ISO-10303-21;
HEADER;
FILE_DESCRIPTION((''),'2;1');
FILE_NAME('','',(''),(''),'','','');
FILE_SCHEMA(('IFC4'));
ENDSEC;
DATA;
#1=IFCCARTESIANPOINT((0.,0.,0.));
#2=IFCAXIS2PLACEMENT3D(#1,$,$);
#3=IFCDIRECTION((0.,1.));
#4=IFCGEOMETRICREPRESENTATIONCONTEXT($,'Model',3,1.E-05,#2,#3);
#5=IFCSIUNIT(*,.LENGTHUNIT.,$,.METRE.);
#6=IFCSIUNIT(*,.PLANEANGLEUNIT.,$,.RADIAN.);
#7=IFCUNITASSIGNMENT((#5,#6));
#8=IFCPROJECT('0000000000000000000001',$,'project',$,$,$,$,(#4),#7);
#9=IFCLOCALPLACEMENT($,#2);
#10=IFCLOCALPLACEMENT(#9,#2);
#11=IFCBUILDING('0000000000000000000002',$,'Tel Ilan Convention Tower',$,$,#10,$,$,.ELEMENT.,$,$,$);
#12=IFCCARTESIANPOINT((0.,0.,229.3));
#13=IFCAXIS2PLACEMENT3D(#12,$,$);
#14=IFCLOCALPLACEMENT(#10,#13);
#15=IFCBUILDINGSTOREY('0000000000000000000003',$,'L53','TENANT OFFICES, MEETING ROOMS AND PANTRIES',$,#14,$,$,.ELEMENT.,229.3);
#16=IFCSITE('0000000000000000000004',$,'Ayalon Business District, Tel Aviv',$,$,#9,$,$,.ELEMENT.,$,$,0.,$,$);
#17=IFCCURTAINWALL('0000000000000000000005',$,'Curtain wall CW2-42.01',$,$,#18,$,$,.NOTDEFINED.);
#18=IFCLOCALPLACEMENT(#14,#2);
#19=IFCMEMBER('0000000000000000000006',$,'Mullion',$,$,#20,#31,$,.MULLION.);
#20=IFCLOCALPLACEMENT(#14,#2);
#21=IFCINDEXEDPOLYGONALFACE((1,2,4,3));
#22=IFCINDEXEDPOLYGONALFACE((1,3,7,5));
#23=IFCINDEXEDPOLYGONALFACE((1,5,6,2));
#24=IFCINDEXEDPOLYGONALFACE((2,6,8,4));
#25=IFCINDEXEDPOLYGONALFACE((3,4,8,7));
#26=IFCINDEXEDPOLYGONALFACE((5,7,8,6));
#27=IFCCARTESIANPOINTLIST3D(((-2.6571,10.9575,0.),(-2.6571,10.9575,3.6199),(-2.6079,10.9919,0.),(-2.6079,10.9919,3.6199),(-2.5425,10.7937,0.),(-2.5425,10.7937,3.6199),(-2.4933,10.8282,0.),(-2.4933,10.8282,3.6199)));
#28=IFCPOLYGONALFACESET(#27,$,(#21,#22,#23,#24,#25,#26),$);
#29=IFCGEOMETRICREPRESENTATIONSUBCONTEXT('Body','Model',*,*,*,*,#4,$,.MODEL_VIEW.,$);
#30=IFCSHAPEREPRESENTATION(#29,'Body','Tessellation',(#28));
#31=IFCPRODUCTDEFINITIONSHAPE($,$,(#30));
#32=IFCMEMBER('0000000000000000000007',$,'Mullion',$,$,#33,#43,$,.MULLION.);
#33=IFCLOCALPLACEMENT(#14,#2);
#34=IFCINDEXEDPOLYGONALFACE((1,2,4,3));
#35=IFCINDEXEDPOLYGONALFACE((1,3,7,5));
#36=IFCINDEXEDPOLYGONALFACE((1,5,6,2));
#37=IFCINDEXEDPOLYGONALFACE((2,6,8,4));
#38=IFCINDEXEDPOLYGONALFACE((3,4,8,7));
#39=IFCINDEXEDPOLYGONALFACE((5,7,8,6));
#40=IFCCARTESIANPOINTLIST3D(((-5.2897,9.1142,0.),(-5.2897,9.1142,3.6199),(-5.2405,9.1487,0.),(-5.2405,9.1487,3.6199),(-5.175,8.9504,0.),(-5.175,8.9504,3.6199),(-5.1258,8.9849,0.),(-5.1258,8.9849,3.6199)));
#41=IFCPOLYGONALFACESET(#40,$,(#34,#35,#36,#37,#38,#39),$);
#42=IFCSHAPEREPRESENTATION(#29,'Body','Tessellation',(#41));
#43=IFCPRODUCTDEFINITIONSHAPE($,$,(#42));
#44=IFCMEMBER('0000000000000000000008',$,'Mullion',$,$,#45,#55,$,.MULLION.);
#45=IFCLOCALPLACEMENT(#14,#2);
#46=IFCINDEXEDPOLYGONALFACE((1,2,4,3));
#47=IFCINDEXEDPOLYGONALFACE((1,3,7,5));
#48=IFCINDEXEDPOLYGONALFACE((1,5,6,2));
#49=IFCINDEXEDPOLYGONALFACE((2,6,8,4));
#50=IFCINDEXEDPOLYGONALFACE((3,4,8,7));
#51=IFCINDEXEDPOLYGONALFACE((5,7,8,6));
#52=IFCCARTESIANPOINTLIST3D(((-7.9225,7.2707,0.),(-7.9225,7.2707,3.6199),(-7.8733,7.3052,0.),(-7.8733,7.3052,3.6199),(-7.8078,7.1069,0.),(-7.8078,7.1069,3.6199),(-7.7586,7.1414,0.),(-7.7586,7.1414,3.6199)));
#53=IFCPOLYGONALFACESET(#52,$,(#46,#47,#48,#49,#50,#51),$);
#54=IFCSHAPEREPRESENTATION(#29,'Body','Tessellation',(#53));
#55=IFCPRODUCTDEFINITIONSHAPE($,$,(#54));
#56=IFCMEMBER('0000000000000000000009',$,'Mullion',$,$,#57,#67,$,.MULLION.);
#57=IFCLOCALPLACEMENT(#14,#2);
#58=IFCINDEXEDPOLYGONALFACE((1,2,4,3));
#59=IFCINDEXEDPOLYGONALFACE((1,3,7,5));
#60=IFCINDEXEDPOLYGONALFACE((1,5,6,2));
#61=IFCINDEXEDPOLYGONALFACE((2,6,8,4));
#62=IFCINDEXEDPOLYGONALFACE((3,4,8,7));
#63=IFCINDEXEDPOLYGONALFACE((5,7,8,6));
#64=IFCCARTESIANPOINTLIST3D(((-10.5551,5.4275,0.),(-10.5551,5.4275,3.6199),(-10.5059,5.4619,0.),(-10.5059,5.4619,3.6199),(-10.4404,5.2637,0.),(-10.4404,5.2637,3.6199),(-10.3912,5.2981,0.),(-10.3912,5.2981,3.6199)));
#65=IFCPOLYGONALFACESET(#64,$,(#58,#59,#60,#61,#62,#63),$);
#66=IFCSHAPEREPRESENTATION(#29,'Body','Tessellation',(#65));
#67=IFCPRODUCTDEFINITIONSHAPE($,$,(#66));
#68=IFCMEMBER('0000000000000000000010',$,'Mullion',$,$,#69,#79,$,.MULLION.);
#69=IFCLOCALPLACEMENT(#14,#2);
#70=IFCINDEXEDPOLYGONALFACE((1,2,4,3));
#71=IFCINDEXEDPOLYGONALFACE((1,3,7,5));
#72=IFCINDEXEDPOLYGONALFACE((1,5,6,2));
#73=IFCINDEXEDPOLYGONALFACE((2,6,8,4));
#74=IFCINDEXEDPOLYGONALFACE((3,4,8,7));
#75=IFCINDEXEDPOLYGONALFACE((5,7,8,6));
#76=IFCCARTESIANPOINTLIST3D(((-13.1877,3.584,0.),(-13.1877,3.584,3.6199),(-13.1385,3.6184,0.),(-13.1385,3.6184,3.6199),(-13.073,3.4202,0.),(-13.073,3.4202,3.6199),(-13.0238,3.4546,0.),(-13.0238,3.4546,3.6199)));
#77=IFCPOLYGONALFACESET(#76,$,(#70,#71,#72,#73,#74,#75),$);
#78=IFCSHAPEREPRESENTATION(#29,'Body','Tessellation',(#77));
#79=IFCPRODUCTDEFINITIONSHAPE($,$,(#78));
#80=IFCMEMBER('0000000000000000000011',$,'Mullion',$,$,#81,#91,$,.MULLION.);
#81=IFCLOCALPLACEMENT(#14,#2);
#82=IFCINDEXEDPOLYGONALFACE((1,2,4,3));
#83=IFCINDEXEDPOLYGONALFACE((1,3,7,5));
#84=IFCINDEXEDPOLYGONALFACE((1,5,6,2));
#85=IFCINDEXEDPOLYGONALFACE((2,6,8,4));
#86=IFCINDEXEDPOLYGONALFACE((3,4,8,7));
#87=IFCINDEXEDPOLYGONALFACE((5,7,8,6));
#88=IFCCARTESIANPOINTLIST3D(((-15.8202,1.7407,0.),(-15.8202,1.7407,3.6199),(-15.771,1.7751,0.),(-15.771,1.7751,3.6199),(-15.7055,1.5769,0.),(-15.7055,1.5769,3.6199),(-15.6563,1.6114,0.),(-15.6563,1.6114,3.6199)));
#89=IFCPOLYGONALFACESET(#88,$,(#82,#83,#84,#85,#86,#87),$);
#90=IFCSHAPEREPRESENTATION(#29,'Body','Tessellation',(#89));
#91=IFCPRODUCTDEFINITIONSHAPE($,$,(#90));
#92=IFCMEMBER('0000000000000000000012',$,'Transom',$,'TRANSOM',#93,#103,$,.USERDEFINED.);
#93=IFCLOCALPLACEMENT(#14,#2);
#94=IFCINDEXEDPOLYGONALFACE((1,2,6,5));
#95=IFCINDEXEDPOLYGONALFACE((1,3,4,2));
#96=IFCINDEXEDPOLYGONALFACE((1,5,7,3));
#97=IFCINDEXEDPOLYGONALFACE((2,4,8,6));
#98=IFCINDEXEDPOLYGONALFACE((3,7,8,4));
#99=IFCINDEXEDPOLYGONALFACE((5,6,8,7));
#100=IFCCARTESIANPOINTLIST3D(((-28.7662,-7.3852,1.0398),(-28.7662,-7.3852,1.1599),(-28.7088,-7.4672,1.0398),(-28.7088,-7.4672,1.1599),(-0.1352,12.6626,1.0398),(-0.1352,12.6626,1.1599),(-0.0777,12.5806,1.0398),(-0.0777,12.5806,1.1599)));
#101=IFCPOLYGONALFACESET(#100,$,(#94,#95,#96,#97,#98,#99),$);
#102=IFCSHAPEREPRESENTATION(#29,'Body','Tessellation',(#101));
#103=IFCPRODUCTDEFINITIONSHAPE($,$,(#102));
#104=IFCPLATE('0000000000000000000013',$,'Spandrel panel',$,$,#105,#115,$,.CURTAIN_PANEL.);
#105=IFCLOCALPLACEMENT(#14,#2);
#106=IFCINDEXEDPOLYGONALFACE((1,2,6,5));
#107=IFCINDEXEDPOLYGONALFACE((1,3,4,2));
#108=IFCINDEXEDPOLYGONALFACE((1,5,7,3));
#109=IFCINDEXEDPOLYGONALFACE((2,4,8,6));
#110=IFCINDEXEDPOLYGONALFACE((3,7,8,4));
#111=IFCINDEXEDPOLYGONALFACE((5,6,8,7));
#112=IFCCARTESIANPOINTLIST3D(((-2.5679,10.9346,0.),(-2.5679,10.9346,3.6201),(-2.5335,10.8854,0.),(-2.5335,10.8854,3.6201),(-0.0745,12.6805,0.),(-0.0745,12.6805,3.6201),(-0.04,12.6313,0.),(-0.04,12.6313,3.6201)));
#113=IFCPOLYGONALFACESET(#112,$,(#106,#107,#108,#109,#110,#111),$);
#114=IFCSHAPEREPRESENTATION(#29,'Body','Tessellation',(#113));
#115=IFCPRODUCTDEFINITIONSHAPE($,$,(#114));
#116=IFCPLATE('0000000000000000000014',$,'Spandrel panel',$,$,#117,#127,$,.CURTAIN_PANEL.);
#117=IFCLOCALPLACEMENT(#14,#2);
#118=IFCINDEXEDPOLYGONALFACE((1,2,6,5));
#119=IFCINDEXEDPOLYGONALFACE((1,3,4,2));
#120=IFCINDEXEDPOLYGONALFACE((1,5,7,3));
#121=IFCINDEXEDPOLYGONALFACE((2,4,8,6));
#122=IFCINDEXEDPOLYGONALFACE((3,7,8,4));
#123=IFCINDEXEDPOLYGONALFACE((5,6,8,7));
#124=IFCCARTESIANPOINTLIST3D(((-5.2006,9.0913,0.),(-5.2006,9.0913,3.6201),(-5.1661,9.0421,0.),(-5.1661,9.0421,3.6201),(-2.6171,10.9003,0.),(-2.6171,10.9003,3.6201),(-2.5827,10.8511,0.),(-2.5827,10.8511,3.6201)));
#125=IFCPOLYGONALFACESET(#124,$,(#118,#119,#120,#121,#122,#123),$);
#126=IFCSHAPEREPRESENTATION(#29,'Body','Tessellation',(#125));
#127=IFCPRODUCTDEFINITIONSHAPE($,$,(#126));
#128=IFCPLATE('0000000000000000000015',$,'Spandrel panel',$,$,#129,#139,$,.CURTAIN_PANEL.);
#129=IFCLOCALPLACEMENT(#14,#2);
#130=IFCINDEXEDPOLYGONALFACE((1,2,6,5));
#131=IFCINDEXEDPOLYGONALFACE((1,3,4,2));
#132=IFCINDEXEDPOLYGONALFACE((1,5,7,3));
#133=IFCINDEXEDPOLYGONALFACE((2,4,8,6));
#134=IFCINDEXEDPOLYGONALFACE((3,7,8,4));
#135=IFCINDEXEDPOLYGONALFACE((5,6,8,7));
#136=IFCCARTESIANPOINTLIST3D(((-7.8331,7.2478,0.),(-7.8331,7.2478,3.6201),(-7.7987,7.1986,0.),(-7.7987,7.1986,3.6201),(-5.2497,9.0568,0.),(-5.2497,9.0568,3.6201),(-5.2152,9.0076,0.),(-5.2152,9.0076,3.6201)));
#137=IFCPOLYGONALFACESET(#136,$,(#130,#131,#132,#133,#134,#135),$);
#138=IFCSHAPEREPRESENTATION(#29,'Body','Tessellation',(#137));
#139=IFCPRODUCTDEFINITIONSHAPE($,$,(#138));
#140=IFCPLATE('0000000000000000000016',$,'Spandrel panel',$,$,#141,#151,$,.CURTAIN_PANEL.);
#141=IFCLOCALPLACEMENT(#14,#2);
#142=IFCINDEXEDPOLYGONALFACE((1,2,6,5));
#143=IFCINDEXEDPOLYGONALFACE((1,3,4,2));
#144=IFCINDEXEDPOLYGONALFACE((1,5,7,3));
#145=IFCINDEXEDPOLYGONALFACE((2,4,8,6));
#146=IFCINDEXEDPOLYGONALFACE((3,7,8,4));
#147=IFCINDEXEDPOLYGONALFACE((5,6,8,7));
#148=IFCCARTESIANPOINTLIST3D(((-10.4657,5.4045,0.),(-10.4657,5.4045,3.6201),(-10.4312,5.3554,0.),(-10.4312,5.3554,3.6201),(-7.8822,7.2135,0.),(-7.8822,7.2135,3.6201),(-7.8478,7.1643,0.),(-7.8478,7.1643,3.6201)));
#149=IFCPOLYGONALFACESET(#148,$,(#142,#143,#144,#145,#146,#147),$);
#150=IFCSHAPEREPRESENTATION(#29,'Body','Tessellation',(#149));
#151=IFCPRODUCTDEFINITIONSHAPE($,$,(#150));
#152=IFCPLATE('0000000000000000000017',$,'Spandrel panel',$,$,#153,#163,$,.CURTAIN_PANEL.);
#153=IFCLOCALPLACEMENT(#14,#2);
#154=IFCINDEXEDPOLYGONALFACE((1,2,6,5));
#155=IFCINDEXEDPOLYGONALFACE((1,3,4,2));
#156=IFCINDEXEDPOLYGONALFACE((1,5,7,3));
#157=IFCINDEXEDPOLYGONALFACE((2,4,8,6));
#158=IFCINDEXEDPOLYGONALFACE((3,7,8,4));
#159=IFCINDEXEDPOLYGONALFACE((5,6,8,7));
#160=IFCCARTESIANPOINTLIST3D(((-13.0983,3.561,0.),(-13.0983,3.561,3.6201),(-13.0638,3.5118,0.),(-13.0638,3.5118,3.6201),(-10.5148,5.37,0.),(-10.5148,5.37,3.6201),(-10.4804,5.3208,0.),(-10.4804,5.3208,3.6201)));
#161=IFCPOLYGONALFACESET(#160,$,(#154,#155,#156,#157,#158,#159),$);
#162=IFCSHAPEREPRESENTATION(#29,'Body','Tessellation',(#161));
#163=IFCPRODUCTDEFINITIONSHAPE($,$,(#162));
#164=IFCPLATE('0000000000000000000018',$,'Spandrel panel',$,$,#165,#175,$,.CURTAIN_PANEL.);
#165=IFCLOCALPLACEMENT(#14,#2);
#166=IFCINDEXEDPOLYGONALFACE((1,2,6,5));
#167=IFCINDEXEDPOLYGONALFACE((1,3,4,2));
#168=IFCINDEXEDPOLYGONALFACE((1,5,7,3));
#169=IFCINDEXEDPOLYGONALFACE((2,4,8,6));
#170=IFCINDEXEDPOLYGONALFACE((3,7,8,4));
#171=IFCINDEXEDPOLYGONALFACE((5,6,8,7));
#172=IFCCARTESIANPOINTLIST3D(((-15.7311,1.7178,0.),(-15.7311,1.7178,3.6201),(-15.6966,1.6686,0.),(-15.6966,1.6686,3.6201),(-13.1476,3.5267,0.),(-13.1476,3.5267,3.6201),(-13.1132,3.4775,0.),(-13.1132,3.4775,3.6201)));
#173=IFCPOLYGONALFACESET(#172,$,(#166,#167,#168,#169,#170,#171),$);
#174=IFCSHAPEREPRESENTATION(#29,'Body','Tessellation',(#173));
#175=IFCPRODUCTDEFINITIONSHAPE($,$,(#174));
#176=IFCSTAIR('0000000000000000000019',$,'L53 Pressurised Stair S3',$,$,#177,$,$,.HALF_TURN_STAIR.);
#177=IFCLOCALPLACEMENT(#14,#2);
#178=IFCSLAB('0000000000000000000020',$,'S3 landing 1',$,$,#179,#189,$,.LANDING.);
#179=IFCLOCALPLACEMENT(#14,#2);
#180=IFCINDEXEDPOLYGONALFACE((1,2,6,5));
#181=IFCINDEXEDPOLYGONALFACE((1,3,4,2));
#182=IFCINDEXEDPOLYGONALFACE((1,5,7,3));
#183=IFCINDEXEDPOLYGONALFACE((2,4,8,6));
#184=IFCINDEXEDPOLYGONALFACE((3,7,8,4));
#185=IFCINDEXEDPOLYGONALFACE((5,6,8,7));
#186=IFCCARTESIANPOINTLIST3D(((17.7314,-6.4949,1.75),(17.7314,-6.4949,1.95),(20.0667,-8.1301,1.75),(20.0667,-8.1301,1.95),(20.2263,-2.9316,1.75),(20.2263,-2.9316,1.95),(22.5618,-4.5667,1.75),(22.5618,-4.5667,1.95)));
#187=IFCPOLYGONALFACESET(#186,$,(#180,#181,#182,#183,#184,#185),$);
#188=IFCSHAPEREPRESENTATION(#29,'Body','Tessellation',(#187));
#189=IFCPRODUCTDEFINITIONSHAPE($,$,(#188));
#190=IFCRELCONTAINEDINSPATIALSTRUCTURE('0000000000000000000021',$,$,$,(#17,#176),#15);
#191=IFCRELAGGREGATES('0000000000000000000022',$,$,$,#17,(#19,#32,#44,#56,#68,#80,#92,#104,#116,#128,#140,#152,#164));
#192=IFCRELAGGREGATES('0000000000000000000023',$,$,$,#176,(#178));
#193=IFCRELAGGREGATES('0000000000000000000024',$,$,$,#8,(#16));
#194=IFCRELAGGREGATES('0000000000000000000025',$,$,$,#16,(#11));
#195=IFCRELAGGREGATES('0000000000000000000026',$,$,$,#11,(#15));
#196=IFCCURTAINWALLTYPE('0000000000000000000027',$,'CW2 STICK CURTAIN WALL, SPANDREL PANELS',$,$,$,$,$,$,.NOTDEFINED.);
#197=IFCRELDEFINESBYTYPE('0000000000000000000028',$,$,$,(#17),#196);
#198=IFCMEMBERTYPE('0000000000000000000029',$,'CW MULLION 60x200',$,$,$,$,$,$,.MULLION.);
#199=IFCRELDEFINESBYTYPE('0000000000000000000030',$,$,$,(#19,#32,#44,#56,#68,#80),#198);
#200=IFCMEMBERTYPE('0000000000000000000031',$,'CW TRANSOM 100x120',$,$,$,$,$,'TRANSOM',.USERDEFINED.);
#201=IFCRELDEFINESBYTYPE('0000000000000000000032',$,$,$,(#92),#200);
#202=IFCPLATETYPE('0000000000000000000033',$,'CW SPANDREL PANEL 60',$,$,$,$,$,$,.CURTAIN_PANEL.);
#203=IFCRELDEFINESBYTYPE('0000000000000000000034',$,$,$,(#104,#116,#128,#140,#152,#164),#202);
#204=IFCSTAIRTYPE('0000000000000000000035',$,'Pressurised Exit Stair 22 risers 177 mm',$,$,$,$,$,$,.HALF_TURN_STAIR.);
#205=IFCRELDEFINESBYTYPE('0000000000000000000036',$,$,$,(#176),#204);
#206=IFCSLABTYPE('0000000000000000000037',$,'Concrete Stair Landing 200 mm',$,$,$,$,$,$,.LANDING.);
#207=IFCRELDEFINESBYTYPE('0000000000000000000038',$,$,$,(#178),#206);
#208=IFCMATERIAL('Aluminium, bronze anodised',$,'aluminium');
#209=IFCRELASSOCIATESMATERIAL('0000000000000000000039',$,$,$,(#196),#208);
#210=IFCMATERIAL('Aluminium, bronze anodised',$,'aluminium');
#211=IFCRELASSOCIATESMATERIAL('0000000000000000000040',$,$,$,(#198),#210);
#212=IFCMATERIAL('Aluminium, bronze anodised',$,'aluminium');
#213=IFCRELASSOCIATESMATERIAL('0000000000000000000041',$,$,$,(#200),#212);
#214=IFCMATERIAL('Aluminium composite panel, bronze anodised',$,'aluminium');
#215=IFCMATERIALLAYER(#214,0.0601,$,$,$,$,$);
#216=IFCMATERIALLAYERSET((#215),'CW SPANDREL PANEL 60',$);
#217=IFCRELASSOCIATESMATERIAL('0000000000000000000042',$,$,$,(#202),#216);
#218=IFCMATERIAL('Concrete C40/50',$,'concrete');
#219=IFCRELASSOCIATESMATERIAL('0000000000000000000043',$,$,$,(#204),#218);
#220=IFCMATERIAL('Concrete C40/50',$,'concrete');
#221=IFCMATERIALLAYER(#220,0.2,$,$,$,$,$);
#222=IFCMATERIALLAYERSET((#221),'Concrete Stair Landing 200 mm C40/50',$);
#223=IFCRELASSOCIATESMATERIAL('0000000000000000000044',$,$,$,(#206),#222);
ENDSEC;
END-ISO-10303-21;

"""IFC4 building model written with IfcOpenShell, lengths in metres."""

from ifc_helpers import new_model, si_unit, direction, frame, origin, origin_2d, place, context, subcontext, project, spatial, polyline, rectangle, outline, extrude, material, layer, layer_set, material_profile, profile_set, type_object, element, aggregate, save


model = new_model("IFC4")

# Units and contexts
model_context = context("Model", 3, precision=1e-05, world=origin(), true_north=direction((0.0, 1.0)))
body_context = subcontext(model_context, "Body", "Model", "MODEL_VIEW")
ifc_project = project(units=[si_unit("LENGTHUNIT", "METRE"), si_unit("PLANEANGLEUNIT", "RADIAN")], contexts=[model_context])

# Site, building, storey
site_placement = place(None, origin())
site = spatial("IfcSite", under=ifc_project, at=site_placement, Name="Ayalon Business District, Tel Aviv", CompositionType="ELEMENT", RefElevation=0.0)
building_placement = place(site_placement, origin())
building = spatial("IfcBuilding", under=site, at=building_placement, Name="Tel Ilan Convention Tower", CompositionType="ELEMENT")
storey_placement = place(building_placement, frame((0.0, 0.0, 229.3)))
storey = spatial("IfcBuildingStorey", under=building, at=storey_placement, Name="L53", Description="TENANT OFFICES, MEETING ROOMS AND PANTRIES", CompositionType="ELEMENT", Elevation=229.3)

# Curtain wall, members, plates
ifc_material_1 = material(Name="Aluminium, bronze anodised", Category="aluminium")
curtain_wall_type = type_object("IfcCurtainWallType", Name="CW2 STICK CURTAIN WALL, SPANDREL PANELS", PredefinedType="NOTDEFINED", material=ifc_material_1)
curtain_wall_placement = place(storey_placement, origin())
curtain_wall = element("IfcCurtainWall", 1, at=curtain_wall_placement, inside=storey, type_object=curtain_wall_type, Name="Curtain wall CW2-42.01", PredefinedType="NOTDEFINED")
ifc_material_2 = material(Name="Aluminium, bronze anodised", Category="aluminium")
ifc_material_profile_1 = material_profile(ifc_material_2, rectangle(XDim=0.0601, YDim=0.2, at=origin_2d()), Name="CW MULLION 60x200")
ifc_profile_set_1 = profile_set([ifc_material_profile_1], Name="Aluminium, bronze anodised")
member_type_1 = type_object("IfcMemberType", Name="CW MULLION 60x200", PredefinedType="MULLION", material=ifc_profile_set_1)
member_1_placement = place(storey_placement, frame((-2.5752, 10.8928, 0.0), z_axis=(0.0, 0.0, 1.0), x_axis=(-0.819152, -0.573576, 0.0)))
member_1 = element("IfcMember", 2, at=member_1_placement, type_object=member_type_1, Name="Mullion", PredefinedType="MULLION", context=body_context, shape_type="SweptSolid", body=[
    extrude(rectangle(XDim=0.0601, YDim=0.2, at=origin_2d()), origin(), (0.0, 0.0, 1.0), 3.6199),
])
member_2_placement = place(storey_placement, frame((-5.2078, 9.0496, 0.0), z_axis=(0.0, 0.0, 1.0), x_axis=(-0.819152, -0.573576, 0.0)))
member_2 = element("IfcMember", 3, at=member_2_placement, type_object=member_type_1, Name="Mullion", PredefinedType="MULLION", context=body_context, shape_type="SweptSolid", body=[
    extrude(rectangle(XDim=0.0601, YDim=0.2, at=origin_2d()), origin(), (0.0, 0.0, 1.0), 3.6199),
])
member_3_placement = place(storey_placement, frame((-7.8406, 7.2061, 0.0), z_axis=(0.0, 0.0, 1.0), x_axis=(-0.819152, -0.573576, 0.0)))
member_3 = element("IfcMember", 4, at=member_3_placement, type_object=member_type_1, Name="Mullion", PredefinedType="MULLION", context=body_context, shape_type="SweptSolid", body=[
    extrude(rectangle(XDim=0.0601, YDim=0.2, at=origin_2d()), origin(), (0.0, 0.0, 1.0), 3.6199),
])
member_4_placement = place(storey_placement, frame((-10.4731, 5.3628, 0.0), z_axis=(0.0, 0.0, 1.0), x_axis=(-0.819152, -0.573576, 0.0)))
member_4 = element("IfcMember", 5, at=member_4_placement, type_object=member_type_1, Name="Mullion", PredefinedType="MULLION", context=body_context, shape_type="SweptSolid", body=[
    extrude(rectangle(XDim=0.0601, YDim=0.2, at=origin_2d()), origin(), (0.0, 0.0, 1.0), 3.6199),
])
member_5_placement = place(storey_placement, frame((-13.1057, 3.5193, 0.0), z_axis=(0.0, 0.0, 1.0), x_axis=(-0.819152, -0.573576, 0.0)))
member_5 = element("IfcMember", 6, at=member_5_placement, type_object=member_type_1, Name="Mullion", PredefinedType="MULLION", context=body_context, shape_type="SweptSolid", body=[
    extrude(rectangle(XDim=0.0601, YDim=0.2, at=origin_2d()), origin(), (0.0, 0.0, 1.0), 3.6199),
])
member_6_placement = place(storey_placement, frame((-15.7383, 1.676, 0.0), z_axis=(0.0, 0.0, 1.0), x_axis=(-0.819152, -0.573576, 0.0)))
member_6 = element("IfcMember", 7, at=member_6_placement, type_object=member_type_1, Name="Mullion", PredefinedType="MULLION", context=body_context, shape_type="SweptSolid", body=[
    extrude(rectangle(XDim=0.0601, YDim=0.2, at=origin_2d()), origin(), (0.0, 0.0, 1.0), 3.6199),
])
ifc_material_3 = material(Name="Aluminium, bronze anodised", Category="aluminium")
ifc_material_profile_2 = material_profile(ifc_material_3, rectangle(XDim=0.1001, YDim=0.1201, at=origin_2d()), Name="CW TRANSOM 100x120")
ifc_profile_set_2 = profile_set([ifc_material_profile_2], Name="Aluminium, bronze anodised")
member_type_2 = type_object("IfcMemberType", Name="CW TRANSOM 100x120", ElementType="TRANSOM", PredefinedType="USERDEFINED", material=ifc_profile_set_2)
member_7_placement = place(storey_placement, frame((-0.1064, 12.6216, 1.0999), z_axis=(-0.81915, -0.573579, 0.0), x_axis=(0.573579, -0.81915, 0.0)))
member_7 = element("IfcMember", 8, at=member_7_placement, type_object=member_type_2, Name="Transom", ObjectType="TRANSOM", PredefinedType="USERDEFINED", context=body_context, shape_type="SweptSolid", body=[
    extrude(rectangle(XDim=0.1001, YDim=0.1201, at=origin_2d()), origin(), (0.0, 0.0, 1.0), 34.9521),
])
ifc_material_4 = material(Name="Aluminium composite panel, bronze anodised", Category="aluminium")
ifc_layer_1 = layer(ifc_material_4, 0.0601)
ifc_layer_set_1 = layer_set([ifc_layer_1], Name="CW SPANDREL PANEL 60")
plate_type = type_object("IfcPlateType", Name="CW SPANDREL PANEL 60", PredefinedType="CURTAIN_PANEL", material=ifc_layer_set_1)
plate_1_placement = place(storey_placement, frame((-1.304, 11.783, 0.0), z_axis=(0.0, 0.0, 1.0), x_axis=(-0.819152, -0.573576, 0.0)))
plate_1 = element("IfcPlate", 9, at=plate_1_placement, type_object=plate_type, Name="Spandrel panel", PredefinedType="CURTAIN_PANEL", context=body_context, shape_type="SweptSolid", body=[
    extrude(rectangle(XDim=3.0439, YDim=0.0601, at=origin_2d()), origin(), (0.0, 0.0, 1.0), 3.6201),
])
plate_2_placement = place(storey_placement, frame((-3.8916, 9.9712, 0.0), z_axis=(0.0, 0.0, 1.0), x_axis=(-0.819152, -0.573576, 0.0)))
plate_2 = element("IfcPlate", 10, at=plate_2_placement, type_object=plate_type, Name="Spandrel panel", PredefinedType="CURTAIN_PANEL", context=body_context, shape_type="SweptSolid", body=[
    extrude(rectangle(XDim=3.1538, YDim=0.0601, at=origin_2d()), origin(), (0.0, 0.0, 1.0), 3.6201),
])
plate_3_placement = place(storey_placement, frame((-6.5242, 8.1277, 0.0), z_axis=(0.0, 0.0, 1.0), x_axis=(-0.819152, -0.573576, 0.0)))
plate_3 = element("IfcPlate", 11, at=plate_3_placement, type_object=plate_type, Name="Spandrel panel", PredefinedType="CURTAIN_PANEL", context=body_context, shape_type="SweptSolid", body=[
    extrude(rectangle(XDim=3.1538, YDim=0.0601, at=origin_2d()), origin(), (0.0, 0.0, 1.0), 3.6201),
])
plate_4_placement = place(storey_placement, frame((-9.1567, 6.2844, 0.0), z_axis=(0.0, 0.0, 1.0), x_axis=(-0.819152, -0.573576, 0.0)))
plate_4 = element("IfcPlate", 12, at=plate_4_placement, type_object=plate_type, Name="Spandrel panel", PredefinedType="CURTAIN_PANEL", context=body_context, shape_type="SweptSolid", body=[
    extrude(rectangle(XDim=3.1538, YDim=0.0601, at=origin_2d()), origin(), (0.0, 0.0, 1.0), 3.6201),
])
plate_5_placement = place(storey_placement, frame((-11.7893, 4.4409, 0.0), z_axis=(0.0, 0.0, 1.0), x_axis=(-0.819152, -0.573576, 0.0)))
plate_5 = element("IfcPlate", 13, at=plate_5_placement, type_object=plate_type, Name="Spandrel panel", PredefinedType="CURTAIN_PANEL", context=body_context, shape_type="SweptSolid", body=[
    extrude(rectangle(XDim=3.1538, YDim=0.0601, at=origin_2d()), origin(), (0.0, 0.0, 1.0), 3.6201),
])
plate_6_placement = place(storey_placement, frame((-14.4221, 2.5977, 0.0), z_axis=(0.0, 0.0, 1.0), x_axis=(-0.819152, -0.573576, 0.0)))
plate_6 = element("IfcPlate", 14, at=plate_6_placement, type_object=plate_type, Name="Spandrel panel", PredefinedType="CURTAIN_PANEL", context=body_context, shape_type="SweptSolid", body=[
    extrude(rectangle(XDim=3.1538, YDim=0.0601, at=origin_2d()), origin(), (0.0, 0.0, 1.0), 3.6201),
])
aggregate(curtain_wall, [member_1, member_2, member_3, member_4, member_5, member_6, member_7, plate_1, plate_2, plate_3, plate_4, plate_5, plate_6])

# Stair, slab
ifc_material_5 = material(Name="Concrete C40/50", Category="concrete")
stair_type = type_object("IfcStairType", Name="Pressurised Exit Stair 22 risers 177 mm", PredefinedType="HALF_TURN_STAIR", material=ifc_material_5)
stair_placement = place(storey_placement, origin())
stair = element("IfcStair", 15, at=stair_placement, inside=storey, type_object=stair_type, Name="L53 Pressurised Stair S3", PredefinedType="HALF_TURN_STAIR")
ifc_material_6 = material(Name="Concrete C40/50", Category="concrete")
ifc_layer_2 = layer(ifc_material_6, 0.2)
ifc_layer_set_2 = layer_set([ifc_layer_2], Name="Concrete Stair Landing 200 mm C40/50")
slab_type = type_object("IfcSlabType", Name="Concrete Stair Landing 200 mm", PredefinedType="LANDING", material=ifc_layer_set_2)
slab_placement = place(storey_placement, frame((0.0, 0.0, 1.75)))
slab = element("IfcSlab", 16, at=slab_placement, type_object=slab_type, Name="S3 landing 1", PredefinedType="LANDING", context=body_context, shape_type="SweptSolid", body=[
    extrude(outline(polyline([(22.5618, -4.5667), (20.2263, -2.9316), (17.7314, -6.4949), (20.0667, -8.1301), (22.5618, -4.5667)])), origin(), (0.0, 0.0, 1.0), 0.2),
])
aggregate(stair, [slab])

save(model, "model.ifc")
